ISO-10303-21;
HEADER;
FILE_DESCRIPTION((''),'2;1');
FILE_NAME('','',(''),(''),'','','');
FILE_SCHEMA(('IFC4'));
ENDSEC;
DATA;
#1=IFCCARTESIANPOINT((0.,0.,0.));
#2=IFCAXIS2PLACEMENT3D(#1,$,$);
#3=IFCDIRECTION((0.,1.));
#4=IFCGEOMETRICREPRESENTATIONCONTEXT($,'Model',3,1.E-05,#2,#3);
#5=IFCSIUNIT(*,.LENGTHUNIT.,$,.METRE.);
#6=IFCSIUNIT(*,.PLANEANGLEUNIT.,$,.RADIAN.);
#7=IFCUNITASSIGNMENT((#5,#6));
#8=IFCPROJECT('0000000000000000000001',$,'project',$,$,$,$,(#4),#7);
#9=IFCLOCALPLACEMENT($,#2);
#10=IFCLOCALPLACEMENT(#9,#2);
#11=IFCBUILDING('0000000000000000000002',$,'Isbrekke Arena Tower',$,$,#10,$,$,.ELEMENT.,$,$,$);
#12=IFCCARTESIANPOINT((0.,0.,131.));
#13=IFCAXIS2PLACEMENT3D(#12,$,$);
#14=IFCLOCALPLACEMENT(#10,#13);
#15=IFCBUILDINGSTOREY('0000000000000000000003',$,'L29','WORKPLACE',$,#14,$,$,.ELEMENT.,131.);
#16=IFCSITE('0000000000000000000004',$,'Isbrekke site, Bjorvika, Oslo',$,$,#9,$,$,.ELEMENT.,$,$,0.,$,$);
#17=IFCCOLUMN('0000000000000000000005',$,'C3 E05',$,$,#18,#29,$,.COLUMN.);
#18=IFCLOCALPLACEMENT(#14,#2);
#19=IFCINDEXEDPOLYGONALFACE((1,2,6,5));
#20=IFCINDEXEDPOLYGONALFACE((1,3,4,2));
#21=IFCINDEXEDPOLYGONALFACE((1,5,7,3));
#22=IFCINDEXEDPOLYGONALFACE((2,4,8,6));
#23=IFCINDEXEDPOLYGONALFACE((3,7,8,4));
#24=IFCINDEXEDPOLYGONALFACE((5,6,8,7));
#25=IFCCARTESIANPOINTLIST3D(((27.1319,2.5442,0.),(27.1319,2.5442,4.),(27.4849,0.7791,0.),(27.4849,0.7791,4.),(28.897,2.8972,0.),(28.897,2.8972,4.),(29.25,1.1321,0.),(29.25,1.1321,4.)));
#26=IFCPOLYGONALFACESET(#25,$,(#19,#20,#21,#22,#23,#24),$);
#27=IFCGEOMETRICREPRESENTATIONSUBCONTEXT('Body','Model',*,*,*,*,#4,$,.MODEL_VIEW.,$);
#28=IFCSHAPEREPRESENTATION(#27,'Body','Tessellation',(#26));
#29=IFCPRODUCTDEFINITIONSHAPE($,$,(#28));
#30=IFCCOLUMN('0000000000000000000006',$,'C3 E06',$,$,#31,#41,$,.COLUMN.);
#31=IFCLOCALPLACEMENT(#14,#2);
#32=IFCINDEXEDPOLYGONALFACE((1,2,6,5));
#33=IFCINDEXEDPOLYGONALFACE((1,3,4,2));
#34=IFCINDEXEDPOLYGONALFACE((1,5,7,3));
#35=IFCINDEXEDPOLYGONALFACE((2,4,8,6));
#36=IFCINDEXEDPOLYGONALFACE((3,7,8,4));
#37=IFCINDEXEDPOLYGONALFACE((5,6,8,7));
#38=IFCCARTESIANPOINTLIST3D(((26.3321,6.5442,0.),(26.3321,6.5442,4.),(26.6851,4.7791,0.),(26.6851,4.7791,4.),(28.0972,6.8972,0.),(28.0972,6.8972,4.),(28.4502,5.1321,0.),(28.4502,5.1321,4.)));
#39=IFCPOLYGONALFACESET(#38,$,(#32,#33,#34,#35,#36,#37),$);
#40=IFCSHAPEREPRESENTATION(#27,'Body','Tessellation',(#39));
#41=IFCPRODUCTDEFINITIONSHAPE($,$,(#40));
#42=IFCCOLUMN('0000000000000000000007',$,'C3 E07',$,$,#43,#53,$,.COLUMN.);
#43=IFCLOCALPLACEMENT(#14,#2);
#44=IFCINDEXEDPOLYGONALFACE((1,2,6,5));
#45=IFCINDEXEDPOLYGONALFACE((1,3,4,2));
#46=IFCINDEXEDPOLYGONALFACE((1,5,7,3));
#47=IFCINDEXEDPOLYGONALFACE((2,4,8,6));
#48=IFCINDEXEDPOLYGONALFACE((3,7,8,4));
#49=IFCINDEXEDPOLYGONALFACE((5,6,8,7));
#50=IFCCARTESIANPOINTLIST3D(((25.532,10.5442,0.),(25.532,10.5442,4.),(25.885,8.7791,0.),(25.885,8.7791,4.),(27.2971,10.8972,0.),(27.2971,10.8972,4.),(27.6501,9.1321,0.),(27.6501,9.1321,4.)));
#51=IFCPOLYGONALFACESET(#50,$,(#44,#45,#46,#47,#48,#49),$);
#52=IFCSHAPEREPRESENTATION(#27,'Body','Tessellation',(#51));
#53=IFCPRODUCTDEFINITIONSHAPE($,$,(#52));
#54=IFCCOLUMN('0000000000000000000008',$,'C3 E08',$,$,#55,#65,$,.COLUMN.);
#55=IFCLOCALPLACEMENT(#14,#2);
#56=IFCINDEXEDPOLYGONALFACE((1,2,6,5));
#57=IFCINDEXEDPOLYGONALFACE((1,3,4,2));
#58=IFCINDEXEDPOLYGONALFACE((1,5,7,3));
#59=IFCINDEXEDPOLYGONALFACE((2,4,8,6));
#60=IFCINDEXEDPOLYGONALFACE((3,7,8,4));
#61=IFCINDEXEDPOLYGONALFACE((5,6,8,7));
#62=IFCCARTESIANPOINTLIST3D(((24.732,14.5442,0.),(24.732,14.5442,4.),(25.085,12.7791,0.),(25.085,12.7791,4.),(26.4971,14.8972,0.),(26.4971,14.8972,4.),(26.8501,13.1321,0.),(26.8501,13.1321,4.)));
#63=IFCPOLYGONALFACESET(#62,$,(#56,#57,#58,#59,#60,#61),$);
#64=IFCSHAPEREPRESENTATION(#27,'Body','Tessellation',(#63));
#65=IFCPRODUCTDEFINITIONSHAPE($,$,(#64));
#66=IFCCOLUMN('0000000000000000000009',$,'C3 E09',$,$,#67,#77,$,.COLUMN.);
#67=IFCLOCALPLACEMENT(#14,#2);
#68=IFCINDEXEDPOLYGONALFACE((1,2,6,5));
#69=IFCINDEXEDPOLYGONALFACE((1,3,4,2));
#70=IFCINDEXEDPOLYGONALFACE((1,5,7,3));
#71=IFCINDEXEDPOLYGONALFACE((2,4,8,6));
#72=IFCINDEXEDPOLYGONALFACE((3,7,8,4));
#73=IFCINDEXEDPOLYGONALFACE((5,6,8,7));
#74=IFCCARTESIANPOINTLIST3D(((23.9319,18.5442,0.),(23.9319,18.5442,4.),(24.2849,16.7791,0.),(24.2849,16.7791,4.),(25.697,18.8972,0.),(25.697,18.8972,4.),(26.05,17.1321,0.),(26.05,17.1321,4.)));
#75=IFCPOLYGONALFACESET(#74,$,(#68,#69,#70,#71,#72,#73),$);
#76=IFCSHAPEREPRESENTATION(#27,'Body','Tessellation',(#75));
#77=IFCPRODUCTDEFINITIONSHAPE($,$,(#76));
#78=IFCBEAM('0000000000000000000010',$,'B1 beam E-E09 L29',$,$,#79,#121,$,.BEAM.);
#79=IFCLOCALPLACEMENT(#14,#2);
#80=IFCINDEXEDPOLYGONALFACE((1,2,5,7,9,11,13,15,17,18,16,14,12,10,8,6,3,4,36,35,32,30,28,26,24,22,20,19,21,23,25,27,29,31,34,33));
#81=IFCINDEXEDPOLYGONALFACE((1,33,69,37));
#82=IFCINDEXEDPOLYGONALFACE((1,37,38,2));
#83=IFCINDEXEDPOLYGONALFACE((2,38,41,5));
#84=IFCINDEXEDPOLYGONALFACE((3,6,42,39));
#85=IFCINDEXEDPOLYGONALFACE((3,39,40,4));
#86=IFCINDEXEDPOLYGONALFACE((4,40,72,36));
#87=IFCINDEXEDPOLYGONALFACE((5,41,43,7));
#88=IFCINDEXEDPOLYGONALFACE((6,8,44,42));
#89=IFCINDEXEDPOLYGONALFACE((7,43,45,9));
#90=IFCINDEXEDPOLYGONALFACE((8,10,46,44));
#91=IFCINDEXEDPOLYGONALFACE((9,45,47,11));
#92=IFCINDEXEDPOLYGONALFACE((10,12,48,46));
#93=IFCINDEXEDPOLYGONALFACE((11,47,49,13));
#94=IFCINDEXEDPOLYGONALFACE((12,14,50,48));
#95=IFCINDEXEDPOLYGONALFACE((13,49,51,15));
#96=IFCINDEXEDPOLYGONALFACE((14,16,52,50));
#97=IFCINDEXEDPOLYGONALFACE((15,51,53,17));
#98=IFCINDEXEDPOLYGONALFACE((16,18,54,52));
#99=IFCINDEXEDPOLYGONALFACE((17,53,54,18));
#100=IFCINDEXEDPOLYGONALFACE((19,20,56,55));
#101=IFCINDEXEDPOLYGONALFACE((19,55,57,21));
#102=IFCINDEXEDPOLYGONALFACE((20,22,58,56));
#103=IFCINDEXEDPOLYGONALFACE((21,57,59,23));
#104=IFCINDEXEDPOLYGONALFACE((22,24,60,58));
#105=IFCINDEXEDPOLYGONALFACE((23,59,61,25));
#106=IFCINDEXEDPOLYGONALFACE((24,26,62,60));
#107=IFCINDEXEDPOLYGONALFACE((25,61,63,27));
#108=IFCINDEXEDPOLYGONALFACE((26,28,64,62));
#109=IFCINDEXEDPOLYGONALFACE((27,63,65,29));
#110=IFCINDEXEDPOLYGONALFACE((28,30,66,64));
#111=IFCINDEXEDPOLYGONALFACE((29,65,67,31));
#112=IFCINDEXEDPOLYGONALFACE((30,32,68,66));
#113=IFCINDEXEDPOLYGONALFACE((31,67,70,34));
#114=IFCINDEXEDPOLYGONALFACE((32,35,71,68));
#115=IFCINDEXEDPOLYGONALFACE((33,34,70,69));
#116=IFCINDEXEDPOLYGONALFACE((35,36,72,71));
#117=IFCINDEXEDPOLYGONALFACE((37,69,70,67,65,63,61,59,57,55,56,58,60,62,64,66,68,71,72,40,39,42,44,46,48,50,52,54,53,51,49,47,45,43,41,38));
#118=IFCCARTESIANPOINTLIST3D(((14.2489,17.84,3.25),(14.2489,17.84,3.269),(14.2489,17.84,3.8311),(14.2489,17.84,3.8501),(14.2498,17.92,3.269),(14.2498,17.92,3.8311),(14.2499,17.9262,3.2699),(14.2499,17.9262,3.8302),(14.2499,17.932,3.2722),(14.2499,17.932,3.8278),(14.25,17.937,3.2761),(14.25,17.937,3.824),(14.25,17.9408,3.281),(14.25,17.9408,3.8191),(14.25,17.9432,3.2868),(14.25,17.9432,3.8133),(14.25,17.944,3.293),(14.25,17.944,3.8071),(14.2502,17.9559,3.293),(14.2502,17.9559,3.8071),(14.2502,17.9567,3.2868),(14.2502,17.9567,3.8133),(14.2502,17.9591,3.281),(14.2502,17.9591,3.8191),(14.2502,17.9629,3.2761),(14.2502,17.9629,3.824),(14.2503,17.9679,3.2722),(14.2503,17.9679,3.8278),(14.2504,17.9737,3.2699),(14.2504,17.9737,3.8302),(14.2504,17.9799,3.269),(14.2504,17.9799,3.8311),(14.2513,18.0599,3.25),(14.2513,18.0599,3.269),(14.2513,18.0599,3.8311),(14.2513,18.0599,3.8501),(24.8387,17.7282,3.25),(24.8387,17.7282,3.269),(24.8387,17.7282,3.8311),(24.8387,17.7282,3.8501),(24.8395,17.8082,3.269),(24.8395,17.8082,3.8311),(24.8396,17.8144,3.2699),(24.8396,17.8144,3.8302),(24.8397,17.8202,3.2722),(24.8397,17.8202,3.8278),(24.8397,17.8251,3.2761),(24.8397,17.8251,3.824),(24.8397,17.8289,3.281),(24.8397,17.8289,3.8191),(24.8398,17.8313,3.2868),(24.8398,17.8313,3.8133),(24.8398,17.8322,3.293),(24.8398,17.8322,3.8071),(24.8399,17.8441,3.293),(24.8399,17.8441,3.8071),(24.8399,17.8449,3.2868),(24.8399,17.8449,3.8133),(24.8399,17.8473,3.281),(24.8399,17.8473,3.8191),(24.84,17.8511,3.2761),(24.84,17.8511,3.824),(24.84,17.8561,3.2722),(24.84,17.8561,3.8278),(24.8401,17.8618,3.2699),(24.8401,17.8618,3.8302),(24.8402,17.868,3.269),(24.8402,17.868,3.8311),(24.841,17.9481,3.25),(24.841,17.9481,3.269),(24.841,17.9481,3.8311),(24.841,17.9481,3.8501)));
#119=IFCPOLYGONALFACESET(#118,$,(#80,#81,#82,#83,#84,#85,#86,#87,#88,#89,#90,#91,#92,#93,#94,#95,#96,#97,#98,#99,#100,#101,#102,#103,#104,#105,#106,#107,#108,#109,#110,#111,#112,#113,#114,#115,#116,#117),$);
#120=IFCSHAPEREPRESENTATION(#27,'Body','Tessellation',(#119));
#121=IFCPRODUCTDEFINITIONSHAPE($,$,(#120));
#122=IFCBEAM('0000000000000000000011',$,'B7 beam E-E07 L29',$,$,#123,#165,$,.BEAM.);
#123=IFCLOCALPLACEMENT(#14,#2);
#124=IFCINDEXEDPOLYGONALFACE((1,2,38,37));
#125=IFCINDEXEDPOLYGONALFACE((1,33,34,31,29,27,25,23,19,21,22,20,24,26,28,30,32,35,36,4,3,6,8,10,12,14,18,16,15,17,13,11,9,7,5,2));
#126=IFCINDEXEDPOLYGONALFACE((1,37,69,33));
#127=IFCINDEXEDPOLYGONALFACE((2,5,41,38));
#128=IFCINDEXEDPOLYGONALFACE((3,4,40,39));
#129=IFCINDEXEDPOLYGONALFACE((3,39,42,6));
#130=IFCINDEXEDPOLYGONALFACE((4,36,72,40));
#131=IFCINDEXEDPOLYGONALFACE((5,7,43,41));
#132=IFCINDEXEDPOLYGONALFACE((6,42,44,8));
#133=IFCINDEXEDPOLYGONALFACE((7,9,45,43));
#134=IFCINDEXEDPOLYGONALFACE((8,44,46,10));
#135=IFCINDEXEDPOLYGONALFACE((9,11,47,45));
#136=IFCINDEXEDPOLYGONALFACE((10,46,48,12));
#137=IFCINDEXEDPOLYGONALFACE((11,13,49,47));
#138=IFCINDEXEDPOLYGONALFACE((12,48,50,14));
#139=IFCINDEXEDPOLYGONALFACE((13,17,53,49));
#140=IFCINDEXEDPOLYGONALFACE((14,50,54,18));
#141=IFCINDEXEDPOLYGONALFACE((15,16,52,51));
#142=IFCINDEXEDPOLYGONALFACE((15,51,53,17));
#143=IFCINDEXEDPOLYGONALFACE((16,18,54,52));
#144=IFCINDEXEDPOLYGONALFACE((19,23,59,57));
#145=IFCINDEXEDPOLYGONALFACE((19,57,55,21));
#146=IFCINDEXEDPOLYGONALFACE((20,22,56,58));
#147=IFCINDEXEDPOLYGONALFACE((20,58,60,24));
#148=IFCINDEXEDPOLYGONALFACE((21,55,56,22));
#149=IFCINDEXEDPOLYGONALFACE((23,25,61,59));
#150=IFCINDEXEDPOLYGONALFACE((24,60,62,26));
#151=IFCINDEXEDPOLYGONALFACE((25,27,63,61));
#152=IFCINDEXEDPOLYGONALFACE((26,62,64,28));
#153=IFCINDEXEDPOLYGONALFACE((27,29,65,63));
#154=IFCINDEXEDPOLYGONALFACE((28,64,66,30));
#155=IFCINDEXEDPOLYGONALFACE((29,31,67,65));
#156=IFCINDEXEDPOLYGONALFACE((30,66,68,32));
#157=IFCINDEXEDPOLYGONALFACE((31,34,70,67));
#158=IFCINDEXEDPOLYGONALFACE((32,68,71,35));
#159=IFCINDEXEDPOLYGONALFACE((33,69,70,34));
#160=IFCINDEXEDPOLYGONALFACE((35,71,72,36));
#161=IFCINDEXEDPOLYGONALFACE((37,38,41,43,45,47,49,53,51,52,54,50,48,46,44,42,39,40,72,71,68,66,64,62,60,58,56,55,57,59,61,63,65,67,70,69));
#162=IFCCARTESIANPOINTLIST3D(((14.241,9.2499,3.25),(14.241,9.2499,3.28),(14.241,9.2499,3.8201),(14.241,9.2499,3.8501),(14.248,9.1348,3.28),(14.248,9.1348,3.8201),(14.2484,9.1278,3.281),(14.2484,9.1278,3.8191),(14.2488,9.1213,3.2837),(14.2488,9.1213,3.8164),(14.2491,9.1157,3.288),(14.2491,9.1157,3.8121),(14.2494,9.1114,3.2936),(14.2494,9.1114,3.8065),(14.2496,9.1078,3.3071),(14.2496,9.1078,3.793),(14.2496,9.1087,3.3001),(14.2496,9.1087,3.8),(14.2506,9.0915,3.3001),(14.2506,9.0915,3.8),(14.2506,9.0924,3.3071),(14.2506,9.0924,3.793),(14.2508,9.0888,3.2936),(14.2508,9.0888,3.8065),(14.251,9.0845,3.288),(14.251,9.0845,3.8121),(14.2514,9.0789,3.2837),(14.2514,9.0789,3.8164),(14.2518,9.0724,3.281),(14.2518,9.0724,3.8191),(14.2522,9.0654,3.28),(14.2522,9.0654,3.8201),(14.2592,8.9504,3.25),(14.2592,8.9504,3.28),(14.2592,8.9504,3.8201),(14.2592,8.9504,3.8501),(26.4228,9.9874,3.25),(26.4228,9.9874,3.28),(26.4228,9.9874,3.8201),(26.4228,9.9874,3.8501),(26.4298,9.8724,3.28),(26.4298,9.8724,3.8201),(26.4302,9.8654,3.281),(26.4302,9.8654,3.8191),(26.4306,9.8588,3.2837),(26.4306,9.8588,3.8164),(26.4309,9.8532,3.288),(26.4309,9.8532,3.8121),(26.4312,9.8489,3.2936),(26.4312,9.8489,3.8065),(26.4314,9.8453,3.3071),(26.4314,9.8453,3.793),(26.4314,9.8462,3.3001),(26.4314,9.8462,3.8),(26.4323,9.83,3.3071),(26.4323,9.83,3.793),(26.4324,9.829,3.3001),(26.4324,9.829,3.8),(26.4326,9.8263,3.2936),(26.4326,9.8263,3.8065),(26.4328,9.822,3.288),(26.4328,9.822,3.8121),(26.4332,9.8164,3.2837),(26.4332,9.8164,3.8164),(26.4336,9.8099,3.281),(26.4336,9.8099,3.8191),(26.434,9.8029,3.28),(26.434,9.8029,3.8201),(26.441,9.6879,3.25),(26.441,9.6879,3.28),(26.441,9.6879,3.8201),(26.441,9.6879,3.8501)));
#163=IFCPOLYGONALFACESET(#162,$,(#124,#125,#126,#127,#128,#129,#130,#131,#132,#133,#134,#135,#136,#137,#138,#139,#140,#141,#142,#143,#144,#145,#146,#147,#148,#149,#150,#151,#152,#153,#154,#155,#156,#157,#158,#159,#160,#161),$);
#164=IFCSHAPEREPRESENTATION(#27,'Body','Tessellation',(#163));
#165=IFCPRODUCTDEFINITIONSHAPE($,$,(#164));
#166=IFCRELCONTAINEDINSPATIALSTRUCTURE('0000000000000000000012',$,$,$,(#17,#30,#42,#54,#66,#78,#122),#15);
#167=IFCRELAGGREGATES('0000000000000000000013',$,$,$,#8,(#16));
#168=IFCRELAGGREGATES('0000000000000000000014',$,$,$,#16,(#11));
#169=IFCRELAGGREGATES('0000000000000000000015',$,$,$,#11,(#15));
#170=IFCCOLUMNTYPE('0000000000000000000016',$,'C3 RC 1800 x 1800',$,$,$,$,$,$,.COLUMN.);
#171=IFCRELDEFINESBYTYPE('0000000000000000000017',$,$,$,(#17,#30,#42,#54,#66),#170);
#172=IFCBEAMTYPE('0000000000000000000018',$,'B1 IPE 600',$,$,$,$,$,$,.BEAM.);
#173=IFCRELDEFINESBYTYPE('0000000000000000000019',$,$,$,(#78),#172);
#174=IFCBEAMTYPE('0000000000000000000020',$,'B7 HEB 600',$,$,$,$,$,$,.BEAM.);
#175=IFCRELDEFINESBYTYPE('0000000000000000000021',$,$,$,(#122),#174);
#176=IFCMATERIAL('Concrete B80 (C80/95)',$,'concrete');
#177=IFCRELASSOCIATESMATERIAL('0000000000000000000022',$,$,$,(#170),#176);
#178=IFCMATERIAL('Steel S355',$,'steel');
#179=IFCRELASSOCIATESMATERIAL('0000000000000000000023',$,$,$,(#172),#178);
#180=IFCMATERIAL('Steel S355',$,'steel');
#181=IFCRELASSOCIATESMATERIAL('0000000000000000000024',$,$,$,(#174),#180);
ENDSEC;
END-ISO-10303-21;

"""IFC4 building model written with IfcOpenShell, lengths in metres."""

from ifc_helpers import new_model, si_unit, direction, frame, origin, origin_2d, place, context, subcontext, project, spatial, rectangle, i_section, extrude, material, material_profile, profile_set, type_object, element, save


model = new_model("IFC4")

# Units and contexts
model_context = context("Model", 3, precision=1e-05, world=origin(), true_north=direction((0.0, 1.0)))
body_context = subcontext(model_context, "Body", "Model", "MODEL_VIEW")
ifc_project = project(units=[si_unit("LENGTHUNIT", "METRE"), si_unit("PLANEANGLEUNIT", "RADIAN")], contexts=[model_context])

# Site, building, storey
site_placement = place(None, origin())
site = spatial("IfcSite", under=ifc_project, at=site_placement, Name="Isbrekke site, Bjorvika, Oslo", CompositionType="ELEMENT", RefElevation=0.0)
building_placement = place(site_placement, origin())
building = spatial("IfcBuilding", under=site, at=building_placement, Name="Isbrekke Arena Tower", CompositionType="ELEMENT")
storey_placement = place(building_placement, frame((0.0, 0.0, 131.0)))
storey = spatial("IfcBuildingStorey", under=building, at=storey_placement, Name="L29", Description="WORKPLACE", CompositionType="ELEMENT", Elevation=131.0)

# Columns
ifc_material_1 = material(Name="Concrete B80 (C80/95)", Category="concrete")
ifc_material_profile_1 = material_profile(ifc_material_1, rectangle(XDim=1.8, YDim=1.8, at=origin_2d()), Name="RC 1800x1800")
ifc_profile_set_1 = profile_set([ifc_material_profile_1], Name="Concrete B80 (C80/95)")
column_type = type_object("IfcColumnType", Name="C3 RC 1800 x 1800", PredefinedType="COLUMN", material=ifc_profile_set_1)
for number, where, z_axis, x_axis, name in (
    (1, (28.1909, 1.8381, 0.0), (0.0, 0.0, 1.0), (-0.196116, 0.980581, 0.0), "C3 E05"),
    (2, (27.3911, 5.8381, 0.0), (0.0, 0.0, 1.0), (-0.196116, 0.980581, 0.0), "C3 E06"),
    (3, (26.5911, 9.8381, 0.0), (0.0, 0.0, 1.0), (-0.196116, 0.980581, 0.0), "C3 E07"),
    (4, (25.791, 13.8381, 0.0), (0.0, 0.0, 1.0), (-0.196116, 0.980581, 0.0), "C3 E08"),
    (5, (24.991, 17.8381, 0.0), (0.0, 0.0, 1.0), (-0.196116, 0.980581, 0.0), "C3 E09"),
):
    element("IfcColumn", number, at=place(storey_placement, frame(where, z_axis=z_axis, x_axis=x_axis)), inside=storey, type_object=column_type, Name=name, PredefinedType="COLUMN", context=body_context, shape_type="SweptSolid", body=[
        extrude(rectangle(XDim=1.8, YDim=1.8, at=origin_2d()), origin(), (0.0, 0.0, 1.0), 4.0),
    ])

# Beams
ifc_material_2 = material(Name="Steel S355", Category="steel")
ifc_material_profile_2 = material_profile(ifc_material_2, i_section(OverallWidth=0.22, OverallDepth=0.6001, WebThickness=0.012, FlangeThickness=0.019, FilletRadius=0.0239, at=origin_2d()), Name="IPE 600")
ifc_profile_set_2 = profile_set([ifc_material_profile_2], Name="Steel S355")
beam_type_1 = type_object("IfcBeamType", Name="B1 IPE 600", PredefinedType="BEAM", material=ifc_profile_set_2)
beam_1_placement = place(storey_placement, frame((24.8398, 17.8381, 3.55), z_axis=(-0.999944, 0.010558, 0.0), x_axis=(-0.010558, -0.999944, 0.0)))
element("IfcBeam", 6, at=beam_1_placement, inside=storey, type_object=beam_type_1, Name="B1 beam E-E09 L29", PredefinedType="BEAM", context=body_context, shape_type="SweptSolid", body=[
    extrude(i_section(OverallWidth=0.22, OverallDepth=0.6001, WebThickness=0.012, FlangeThickness=0.019, FilletRadius=0.0239, at=origin_2d()), origin(), (0.0, 0.0, 1.0), 10.5903),
])
ifc_material_3 = material(Name="Steel S355", Category="steel")
ifc_material_profile_3 = material_profile(ifc_material_3, i_section(OverallWidth=0.3, OverallDepth=0.6001, WebThickness=0.0154, FlangeThickness=0.03, FilletRadius=0.0271, at=origin_2d()), Name="HEB 600")
ifc_profile_set_3 = profile_set([ifc_material_profile_3], Name="Steel S355")
beam_type_2 = type_object("IfcBeamType", Name="B7 HEB 600", PredefinedType="BEAM", material=ifc_profile_set_3)
beam_2_placement = place(storey_placement, frame((26.4319, 9.8376, 3.55), z_axis=(-0.998172, -0.060434, 0.0), x_axis=(0.060434, -0.998172, 0.0)))
element("IfcBeam", 7, at=beam_2_placement, inside=storey, type_object=beam_type_2, Name="B7 beam E-E07 L29", PredefinedType="BEAM", context=body_context, shape_type="SweptSolid", body=[
    extrude(i_section(OverallWidth=0.3, OverallDepth=0.6001, WebThickness=0.0154, FlangeThickness=0.03, FilletRadius=0.0271, at=origin_2d()), origin(), (0.0, 0.0, 1.0), 12.2041),
])

save(model, "model.ifc")
